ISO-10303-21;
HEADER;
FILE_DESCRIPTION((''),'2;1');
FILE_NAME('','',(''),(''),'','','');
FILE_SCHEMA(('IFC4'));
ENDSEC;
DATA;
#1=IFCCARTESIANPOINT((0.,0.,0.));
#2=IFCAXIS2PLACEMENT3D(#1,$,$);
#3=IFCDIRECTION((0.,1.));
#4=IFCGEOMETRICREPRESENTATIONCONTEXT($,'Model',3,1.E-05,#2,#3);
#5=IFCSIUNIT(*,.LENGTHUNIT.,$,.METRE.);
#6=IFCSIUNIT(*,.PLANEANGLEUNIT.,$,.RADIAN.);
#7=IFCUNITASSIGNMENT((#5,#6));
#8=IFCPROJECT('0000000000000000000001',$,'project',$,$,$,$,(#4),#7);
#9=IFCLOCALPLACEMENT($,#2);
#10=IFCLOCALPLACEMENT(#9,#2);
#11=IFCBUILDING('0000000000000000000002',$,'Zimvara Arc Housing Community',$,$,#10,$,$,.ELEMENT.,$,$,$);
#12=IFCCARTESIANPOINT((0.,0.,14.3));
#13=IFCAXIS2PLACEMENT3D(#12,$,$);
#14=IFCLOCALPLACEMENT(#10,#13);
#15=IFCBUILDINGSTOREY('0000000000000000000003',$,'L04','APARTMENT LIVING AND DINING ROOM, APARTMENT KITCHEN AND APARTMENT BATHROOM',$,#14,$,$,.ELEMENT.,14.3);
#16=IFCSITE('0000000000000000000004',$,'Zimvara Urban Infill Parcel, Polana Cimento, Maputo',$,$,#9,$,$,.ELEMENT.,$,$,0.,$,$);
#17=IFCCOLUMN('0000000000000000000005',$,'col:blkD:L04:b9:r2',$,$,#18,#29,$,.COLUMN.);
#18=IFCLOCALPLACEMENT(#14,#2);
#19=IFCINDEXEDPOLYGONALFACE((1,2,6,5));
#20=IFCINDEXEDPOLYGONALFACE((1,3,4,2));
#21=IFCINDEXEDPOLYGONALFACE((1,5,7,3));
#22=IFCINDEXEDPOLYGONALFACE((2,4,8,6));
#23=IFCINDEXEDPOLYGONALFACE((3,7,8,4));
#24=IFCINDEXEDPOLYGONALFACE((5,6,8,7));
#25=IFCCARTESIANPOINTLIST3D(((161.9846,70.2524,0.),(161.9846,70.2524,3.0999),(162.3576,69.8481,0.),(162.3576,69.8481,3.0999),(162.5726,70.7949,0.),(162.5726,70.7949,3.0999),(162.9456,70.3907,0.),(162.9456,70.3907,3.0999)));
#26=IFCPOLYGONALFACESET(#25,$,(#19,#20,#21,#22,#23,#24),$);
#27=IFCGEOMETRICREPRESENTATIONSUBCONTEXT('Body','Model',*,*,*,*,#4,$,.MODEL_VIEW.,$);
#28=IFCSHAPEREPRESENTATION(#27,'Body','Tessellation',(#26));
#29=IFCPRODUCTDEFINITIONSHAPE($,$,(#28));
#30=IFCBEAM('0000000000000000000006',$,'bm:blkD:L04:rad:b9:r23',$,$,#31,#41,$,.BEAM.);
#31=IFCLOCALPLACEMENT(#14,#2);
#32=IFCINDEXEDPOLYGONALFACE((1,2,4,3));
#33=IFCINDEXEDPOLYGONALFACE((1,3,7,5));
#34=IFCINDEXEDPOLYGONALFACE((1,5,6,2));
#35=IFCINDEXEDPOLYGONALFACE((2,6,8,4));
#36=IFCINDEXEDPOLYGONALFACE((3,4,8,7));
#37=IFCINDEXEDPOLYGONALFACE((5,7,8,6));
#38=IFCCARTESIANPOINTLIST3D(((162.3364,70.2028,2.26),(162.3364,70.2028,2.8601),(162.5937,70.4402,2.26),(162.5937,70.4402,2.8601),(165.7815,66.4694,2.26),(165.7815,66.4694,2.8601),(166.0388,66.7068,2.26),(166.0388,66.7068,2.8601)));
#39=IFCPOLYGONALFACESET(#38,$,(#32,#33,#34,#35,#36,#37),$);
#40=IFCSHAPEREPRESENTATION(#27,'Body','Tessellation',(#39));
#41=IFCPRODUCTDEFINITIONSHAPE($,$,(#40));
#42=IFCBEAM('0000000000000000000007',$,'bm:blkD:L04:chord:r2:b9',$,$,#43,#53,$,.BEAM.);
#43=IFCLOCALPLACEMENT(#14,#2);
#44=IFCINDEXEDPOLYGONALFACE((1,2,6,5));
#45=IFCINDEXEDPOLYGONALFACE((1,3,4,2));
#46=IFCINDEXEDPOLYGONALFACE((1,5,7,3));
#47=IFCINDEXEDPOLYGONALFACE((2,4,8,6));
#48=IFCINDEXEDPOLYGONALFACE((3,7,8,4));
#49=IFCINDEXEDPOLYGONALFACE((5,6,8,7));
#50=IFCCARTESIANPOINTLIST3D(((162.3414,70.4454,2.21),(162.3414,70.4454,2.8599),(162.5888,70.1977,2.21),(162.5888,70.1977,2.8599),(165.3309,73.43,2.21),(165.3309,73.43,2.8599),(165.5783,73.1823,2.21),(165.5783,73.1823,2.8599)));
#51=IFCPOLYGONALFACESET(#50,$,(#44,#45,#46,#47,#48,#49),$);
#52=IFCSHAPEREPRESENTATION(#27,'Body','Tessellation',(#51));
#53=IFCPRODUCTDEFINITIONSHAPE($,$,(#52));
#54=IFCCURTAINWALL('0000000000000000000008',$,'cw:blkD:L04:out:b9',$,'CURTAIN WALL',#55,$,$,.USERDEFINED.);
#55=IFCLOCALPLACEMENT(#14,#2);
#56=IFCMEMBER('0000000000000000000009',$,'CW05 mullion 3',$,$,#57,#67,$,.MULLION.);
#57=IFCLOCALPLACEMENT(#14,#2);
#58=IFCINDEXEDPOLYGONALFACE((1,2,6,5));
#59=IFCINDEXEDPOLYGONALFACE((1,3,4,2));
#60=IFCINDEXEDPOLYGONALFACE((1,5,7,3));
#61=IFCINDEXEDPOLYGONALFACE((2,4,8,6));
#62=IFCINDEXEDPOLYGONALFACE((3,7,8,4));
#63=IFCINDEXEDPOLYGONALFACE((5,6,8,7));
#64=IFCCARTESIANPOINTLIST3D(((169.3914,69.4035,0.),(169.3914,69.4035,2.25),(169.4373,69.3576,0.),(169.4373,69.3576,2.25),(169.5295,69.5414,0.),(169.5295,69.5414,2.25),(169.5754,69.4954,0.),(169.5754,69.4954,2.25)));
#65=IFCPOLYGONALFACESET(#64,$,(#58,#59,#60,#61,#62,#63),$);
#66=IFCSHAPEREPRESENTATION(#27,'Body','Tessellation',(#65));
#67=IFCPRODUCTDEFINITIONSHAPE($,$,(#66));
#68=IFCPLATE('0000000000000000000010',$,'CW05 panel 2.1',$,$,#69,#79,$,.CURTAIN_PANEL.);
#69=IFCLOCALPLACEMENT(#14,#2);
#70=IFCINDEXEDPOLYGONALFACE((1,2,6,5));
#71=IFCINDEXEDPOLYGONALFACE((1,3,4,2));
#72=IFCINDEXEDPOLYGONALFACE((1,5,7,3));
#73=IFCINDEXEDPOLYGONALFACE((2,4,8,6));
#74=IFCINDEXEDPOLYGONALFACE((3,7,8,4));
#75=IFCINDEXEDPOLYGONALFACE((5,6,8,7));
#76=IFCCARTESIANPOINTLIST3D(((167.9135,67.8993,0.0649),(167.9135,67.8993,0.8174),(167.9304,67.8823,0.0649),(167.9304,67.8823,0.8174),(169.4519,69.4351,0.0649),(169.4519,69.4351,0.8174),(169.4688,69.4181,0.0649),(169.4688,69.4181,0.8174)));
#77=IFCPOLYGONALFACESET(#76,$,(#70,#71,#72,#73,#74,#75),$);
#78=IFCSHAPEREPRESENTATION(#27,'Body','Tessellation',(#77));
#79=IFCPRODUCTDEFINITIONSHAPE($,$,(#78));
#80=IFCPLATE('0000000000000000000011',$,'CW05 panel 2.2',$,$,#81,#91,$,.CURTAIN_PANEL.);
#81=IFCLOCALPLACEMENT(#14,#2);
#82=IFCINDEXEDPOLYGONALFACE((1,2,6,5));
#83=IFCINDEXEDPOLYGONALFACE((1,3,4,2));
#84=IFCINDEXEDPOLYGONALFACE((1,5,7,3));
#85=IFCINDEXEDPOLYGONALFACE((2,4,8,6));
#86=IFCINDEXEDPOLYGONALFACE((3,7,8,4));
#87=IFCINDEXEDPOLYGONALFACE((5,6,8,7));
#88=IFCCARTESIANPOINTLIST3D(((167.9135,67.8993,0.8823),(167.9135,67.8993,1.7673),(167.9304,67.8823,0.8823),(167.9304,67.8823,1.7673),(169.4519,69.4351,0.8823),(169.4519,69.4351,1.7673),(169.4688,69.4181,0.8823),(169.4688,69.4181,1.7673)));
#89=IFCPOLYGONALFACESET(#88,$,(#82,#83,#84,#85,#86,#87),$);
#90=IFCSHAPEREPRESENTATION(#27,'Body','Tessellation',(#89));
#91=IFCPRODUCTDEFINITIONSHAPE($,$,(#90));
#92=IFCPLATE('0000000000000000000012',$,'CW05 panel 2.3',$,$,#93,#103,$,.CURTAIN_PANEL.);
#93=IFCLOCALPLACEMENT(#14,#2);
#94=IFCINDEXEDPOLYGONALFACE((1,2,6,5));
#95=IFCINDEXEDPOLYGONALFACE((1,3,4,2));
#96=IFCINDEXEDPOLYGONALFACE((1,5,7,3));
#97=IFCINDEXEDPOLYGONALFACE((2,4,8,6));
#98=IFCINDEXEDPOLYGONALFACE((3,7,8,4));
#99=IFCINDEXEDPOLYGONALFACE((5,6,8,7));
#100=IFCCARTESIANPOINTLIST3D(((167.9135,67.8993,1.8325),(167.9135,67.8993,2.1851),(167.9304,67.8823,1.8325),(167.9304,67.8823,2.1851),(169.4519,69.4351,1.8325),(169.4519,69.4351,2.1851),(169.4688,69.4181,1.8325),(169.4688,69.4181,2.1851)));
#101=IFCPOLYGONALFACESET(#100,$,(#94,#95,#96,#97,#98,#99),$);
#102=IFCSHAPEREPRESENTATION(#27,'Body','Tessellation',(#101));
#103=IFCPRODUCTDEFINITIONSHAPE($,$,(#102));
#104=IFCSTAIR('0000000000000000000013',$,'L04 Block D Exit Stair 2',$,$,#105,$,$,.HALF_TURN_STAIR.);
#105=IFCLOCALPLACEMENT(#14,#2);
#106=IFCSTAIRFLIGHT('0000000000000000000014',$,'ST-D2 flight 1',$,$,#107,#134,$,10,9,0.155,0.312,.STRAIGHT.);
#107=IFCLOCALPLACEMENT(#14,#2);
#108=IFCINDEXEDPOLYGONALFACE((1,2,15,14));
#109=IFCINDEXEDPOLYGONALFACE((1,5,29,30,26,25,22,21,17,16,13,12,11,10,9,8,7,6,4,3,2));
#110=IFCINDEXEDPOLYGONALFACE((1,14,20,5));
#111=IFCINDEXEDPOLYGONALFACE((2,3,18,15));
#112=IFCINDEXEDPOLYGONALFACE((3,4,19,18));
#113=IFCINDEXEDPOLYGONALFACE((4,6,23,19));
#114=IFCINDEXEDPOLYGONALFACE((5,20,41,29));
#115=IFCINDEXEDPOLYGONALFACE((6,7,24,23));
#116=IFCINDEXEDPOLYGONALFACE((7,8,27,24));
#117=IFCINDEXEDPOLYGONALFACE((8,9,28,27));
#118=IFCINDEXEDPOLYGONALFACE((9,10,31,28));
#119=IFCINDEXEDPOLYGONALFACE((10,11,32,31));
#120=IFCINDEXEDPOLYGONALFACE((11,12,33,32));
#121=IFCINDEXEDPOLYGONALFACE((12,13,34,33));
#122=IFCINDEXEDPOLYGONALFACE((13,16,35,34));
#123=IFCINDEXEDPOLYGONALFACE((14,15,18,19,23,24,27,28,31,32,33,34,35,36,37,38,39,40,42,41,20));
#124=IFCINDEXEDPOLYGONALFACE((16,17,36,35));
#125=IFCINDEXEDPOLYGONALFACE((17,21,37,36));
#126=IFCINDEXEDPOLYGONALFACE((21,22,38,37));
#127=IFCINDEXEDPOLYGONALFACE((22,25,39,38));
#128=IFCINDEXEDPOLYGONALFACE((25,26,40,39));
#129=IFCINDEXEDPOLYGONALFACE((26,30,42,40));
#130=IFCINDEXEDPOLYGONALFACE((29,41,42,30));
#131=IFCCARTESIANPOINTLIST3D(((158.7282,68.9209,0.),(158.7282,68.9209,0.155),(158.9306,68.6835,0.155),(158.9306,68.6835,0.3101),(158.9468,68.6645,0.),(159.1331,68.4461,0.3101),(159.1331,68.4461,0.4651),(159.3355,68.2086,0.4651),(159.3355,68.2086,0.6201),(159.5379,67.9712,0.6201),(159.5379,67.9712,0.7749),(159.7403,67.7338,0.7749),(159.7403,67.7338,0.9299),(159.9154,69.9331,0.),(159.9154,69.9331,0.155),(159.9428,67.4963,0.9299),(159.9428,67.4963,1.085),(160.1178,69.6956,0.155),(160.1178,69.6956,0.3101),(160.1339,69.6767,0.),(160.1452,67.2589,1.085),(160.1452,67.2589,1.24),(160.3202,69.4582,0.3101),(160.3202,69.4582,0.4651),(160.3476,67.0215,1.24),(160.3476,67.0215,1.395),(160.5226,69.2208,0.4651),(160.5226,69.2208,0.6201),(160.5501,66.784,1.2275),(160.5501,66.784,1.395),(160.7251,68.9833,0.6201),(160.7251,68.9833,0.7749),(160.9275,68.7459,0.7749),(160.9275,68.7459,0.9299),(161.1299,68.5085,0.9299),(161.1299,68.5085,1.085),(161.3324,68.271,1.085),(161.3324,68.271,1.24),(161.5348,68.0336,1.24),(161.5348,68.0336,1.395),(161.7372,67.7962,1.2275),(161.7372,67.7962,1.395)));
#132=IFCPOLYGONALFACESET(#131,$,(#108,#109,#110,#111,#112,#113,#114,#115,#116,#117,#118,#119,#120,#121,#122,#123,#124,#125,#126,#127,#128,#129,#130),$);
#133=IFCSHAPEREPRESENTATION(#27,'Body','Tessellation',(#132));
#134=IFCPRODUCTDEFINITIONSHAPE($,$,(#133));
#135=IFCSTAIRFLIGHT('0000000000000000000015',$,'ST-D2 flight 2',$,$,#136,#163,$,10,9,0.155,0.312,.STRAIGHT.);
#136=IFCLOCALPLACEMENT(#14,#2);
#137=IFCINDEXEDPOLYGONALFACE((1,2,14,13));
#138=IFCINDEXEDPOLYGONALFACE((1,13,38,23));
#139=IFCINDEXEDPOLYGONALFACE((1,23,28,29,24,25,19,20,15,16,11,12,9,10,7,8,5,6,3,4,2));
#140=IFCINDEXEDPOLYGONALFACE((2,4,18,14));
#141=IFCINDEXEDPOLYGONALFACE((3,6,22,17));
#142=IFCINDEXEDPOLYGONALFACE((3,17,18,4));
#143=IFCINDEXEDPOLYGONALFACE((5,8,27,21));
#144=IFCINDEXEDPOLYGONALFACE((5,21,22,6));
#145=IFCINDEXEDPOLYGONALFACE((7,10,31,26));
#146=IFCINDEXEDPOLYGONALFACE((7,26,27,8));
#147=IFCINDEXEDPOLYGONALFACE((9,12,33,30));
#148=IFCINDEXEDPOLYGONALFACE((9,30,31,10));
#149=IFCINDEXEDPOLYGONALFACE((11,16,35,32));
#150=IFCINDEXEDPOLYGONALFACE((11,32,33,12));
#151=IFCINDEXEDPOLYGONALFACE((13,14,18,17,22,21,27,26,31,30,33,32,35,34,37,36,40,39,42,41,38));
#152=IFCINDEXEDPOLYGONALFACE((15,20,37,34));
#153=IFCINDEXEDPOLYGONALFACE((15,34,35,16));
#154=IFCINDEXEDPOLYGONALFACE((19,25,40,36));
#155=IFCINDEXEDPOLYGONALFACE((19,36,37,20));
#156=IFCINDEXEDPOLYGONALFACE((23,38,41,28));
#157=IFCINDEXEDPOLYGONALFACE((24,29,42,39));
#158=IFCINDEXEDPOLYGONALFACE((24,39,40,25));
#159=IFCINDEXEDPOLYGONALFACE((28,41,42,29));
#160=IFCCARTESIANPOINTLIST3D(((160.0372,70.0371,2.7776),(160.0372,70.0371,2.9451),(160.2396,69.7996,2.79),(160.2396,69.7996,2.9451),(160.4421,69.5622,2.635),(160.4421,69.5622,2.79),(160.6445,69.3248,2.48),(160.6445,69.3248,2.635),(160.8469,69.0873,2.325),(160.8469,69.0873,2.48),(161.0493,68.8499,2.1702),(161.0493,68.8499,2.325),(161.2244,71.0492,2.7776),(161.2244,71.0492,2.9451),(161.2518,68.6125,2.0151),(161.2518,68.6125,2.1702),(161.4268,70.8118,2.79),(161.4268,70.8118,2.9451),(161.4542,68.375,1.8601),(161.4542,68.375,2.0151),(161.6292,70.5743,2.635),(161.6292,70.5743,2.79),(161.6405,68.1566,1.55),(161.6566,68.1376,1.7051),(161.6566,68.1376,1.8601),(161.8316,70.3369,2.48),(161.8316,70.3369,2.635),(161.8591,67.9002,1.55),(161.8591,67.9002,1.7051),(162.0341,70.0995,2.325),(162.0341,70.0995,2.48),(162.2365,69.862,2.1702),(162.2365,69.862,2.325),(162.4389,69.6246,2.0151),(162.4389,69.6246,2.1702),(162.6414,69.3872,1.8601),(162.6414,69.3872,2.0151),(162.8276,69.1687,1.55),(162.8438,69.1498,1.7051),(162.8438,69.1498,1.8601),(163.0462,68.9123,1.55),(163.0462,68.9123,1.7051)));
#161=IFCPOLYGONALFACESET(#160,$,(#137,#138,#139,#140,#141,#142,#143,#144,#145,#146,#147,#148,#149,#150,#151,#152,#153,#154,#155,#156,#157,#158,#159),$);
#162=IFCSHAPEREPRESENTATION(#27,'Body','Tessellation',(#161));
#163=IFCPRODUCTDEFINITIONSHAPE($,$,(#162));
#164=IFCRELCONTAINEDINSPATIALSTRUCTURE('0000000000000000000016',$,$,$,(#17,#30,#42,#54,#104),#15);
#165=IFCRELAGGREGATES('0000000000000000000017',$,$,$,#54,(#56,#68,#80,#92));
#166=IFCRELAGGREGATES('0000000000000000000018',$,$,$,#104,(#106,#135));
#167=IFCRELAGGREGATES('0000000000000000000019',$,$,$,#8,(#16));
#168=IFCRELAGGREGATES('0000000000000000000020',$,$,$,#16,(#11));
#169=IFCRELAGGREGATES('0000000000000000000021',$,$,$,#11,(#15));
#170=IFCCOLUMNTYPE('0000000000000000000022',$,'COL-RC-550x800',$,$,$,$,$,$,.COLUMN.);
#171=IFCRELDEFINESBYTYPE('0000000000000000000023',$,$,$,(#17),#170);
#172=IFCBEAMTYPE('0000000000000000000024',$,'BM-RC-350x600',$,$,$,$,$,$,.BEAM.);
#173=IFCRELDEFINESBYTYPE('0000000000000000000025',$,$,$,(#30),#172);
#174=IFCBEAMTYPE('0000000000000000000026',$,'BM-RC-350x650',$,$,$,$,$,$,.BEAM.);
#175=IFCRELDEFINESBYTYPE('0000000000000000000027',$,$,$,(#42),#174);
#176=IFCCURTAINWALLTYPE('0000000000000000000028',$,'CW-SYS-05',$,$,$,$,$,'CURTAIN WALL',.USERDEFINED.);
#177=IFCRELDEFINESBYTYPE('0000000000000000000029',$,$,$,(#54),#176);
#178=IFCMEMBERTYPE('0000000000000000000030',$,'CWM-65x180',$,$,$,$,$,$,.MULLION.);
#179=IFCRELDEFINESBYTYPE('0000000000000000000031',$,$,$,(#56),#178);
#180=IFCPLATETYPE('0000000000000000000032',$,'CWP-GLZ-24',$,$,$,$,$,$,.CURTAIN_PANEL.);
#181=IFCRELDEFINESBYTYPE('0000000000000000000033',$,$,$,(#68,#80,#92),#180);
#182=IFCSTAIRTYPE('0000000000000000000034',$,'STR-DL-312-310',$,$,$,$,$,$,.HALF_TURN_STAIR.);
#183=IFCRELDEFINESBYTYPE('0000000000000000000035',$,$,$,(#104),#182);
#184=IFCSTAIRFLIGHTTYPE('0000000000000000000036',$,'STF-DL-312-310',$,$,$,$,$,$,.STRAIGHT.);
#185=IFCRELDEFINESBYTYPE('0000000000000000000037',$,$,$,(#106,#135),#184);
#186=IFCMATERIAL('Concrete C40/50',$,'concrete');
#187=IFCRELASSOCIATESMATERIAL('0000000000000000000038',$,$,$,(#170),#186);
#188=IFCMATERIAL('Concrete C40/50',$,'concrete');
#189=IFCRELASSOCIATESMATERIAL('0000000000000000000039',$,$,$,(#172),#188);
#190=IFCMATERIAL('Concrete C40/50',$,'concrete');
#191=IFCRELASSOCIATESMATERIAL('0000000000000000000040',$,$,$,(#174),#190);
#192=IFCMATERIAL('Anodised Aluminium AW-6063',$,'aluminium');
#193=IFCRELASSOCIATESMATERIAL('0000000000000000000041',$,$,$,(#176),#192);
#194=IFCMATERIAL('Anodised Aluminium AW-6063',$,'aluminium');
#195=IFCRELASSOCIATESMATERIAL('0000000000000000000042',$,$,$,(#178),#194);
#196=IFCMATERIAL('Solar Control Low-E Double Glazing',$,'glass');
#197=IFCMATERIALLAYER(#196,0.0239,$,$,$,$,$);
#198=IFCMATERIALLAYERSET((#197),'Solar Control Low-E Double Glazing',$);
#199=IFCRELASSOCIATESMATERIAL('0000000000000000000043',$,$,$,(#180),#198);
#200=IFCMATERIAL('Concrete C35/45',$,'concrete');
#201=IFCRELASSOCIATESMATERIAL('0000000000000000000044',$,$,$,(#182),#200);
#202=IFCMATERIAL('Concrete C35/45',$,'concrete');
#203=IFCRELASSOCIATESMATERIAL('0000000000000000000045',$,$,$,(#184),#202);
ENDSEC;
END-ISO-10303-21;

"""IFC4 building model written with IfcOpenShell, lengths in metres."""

from ifc_helpers import new_model, si_unit, direction, frame, origin, origin_2d, place, context, subcontext, project, spatial, polyline, rectangle, outline, extrude, material, layer, layer_set, material_profile, profile_set, type_object, element, aggregate, save


model = new_model("IFC4")

# Units and contexts
model_context = context("Model", 3, precision=1e-05, world=origin(), true_north=direction((0.0, 1.0)))
body_context = subcontext(model_context, "Body", "Model", "MODEL_VIEW")
ifc_project = project(units=[si_unit("LENGTHUNIT", "METRE"), si_unit("PLANEANGLEUNIT", "RADIAN")], contexts=[model_context])

# Site, building, storey
site_placement = place(None, origin())
site = spatial("IfcSite", under=ifc_project, at=site_placement, Name="Zimvara Urban Infill Parcel, Polana Cimento, Maputo", CompositionType="ELEMENT", RefElevation=0.0)
building_placement = place(site_placement, origin())
building = spatial("IfcBuilding", under=site, at=building_placement, Name="Zimvara Arc Housing Community", CompositionType="ELEMENT")
storey_placement = place(building_placement, frame((0.0, 0.0, 14.3)))
storey = spatial("IfcBuildingStorey", under=building, at=storey_placement, Name="L04", Description="APARTMENT LIVING AND DINING ROOM, APARTMENT KITCHEN AND APARTMENT BATHROOM", CompositionType="ELEMENT", Elevation=14.3)

# Column
ifc_material_1 = material(Name="Concrete C40/50", Category="concrete")
ifc_material_profile_1 = material_profile(ifc_material_1, rectangle(XDim=0.55, YDim=0.8, at=origin_2d()), Name="RC 550x800")
ifc_profile_set_1 = profile_set([ifc_material_profile_1], Name="Concrete C40/50")
column_type_1 = type_object("IfcColumnType", Name="COL-RC-550x800", PredefinedType="COLUMN", material=ifc_profile_set_1)
column_1_placement = place(storey_placement, frame((162.4651, 70.3215, 0.0), z_axis=(0.0, 0.0, 1.0), x_axis=(0.67816, -0.734915, 0.0)))
element("IfcColumn", 1, at=column_1_placement, inside=storey, type_object=column_type_1, Name="col:blkD:L04:b9:r2", PredefinedType="COLUMN", context=body_context, shape_type="SweptSolid", body=[
    extrude(rectangle(XDim=0.55, YDim=0.8, at=origin_2d()), origin(), (0.0, 0.0, 1.0), 3.0999),
])

# Beams
ifc_material_2 = material(Name="Concrete C40/50", Category="concrete")
ifc_material_profile_2 = material_profile(ifc_material_2, rectangle(XDim=0.3501, YDim=0.6001, at=origin_2d()), Name="RC 350x600")
ifc_profile_set_2 = profile_set([ifc_material_profile_2], Name="Concrete C40/50")
beam_type_1 = type_object("IfcBeamType", Name="BM-RC-350x600", PredefinedType="BEAM", material=ifc_profile_set_2)
beam_1_placement = place(storey_placement, frame((162.4651, 70.3215, 2.5601), z_axis=(0.678158, -0.734916, 0.0), x_axis=(0.734916, 0.678158, 0.0)))
element("IfcBeam", 2, at=beam_1_placement, inside=storey, type_object=beam_type_1, Name="bm:blkD:L04:rad:b9:r23", PredefinedType="BEAM", context=body_context, shape_type="SweptSolid", body=[
    extrude(rectangle(XDim=0.3501, YDim=0.6001, at=origin_2d()), origin(), (0.0, 0.0, 1.0), 5.0801),
])
ifc_material_3 = material(Name="Concrete C40/50", Category="concrete")
ifc_material_profile_3 = material_profile(ifc_material_3, rectangle(XDim=0.3501, YDim=0.6499, at=origin_2d()), Name="RC 350x650")
ifc_profile_set_3 = profile_set([ifc_material_profile_3], Name="Concrete C40/50")
beam_type_2 = type_object("IfcBeamType", Name="BM-RC-350x650", PredefinedType="BEAM", material=ifc_profile_set_3)
beam_2_placement = place(storey_placement, frame((162.4651, 70.3215, 2.5349), z_axis=(0.707684, 0.706529, 0.0), x_axis=(-0.706529, 0.707684, 0.0)))
element("IfcBeam", 3, at=beam_2_placement, inside=storey, type_object=beam_type_2, Name="bm:blkD:L04:chord:r2:b9", PredefinedType="BEAM", context=body_context, shape_type="SweptSolid", body=[
    extrude(rectangle(XDim=0.3501, YDim=0.6499, at=origin_2d()), origin(), (0.0, 0.0, 1.0), 4.2244),
])

# Curtain wall, member, plates
ifc_material_4 = material(Name="Anodised Aluminium AW-6063", Category="aluminium")
curtain_wall_type = type_object("IfcCurtainWallType", Name="CW-SYS-05", ElementType="CURTAIN WALL", PredefinedType="USERDEFINED", material=ifc_material_4)
curtain_wall_placement = place(storey_placement, origin())
curtain_wall = element("IfcCurtainWall", 4, at=curtain_wall_placement, inside=storey, type_object=curtain_wall_type, Name="cw:blkD:L04:out:b9", ObjectType="CURTAIN WALL", PredefinedType="USERDEFINED")
ifc_material_5 = material(Name="Anodised Aluminium AW-6063", Category="aluminium")
ifc_material_profile_4 = material_profile(ifc_material_5, rectangle(XDim=0.0649, YDim=0.1951, at=origin_2d()), Name="ALU 65x195")
ifc_profile_set_4 = profile_set([ifc_material_profile_4], Name="Anodised Aluminium AW-6063")
member_type = type_object("IfcMemberType", Name="CWM-65x180", PredefinedType="MULLION", material=ifc_profile_set_4)
member_placement = place(storey_placement, frame((169.4834, 69.4495, 0.0), z_axis=(0.0, 0.0, 1.0), x_axis=(-0.706489, 0.707724, 0.0)))
member = element("IfcMember", 5, at=member_placement, type_object=member_type, Name="CW05 mullion 3", PredefinedType="MULLION", context=body_context, shape_type="SweptSolid", body=[
    extrude(rectangle(XDim=0.0649, YDim=0.1951, at=origin_2d()), origin(), (0.0, 0.0, 1.0), 2.25),
])
ifc_material_6 = material(Name="Solar Control Low-E Double Glazing", Category="glass")
ifc_layer = layer(ifc_material_6, 0.0239)
ifc_layer_set = layer_set([ifc_layer], Name="Solar Control Low-E Double Glazing")
plate_type = type_object("IfcPlateType", Name="CWP-GLZ-24", PredefinedType="CURTAIN_PANEL", material=ifc_layer_set)
plate_1_placement = place(storey_placement, frame((168.6912, 68.6587, 0.0649), z_axis=(0.0, 0.0, 1.0), x_axis=(0.707724, 0.706489, 0.0)))
plate_1 = element("IfcPlate", 6, at=plate_1_placement, type_object=plate_type, Name="CW05 panel 2.1", PredefinedType="CURTAIN_PANEL", context=body_context, shape_type="SweptSolid", body=[
    extrude(rectangle(XDim=2.1738, YDim=0.0239, at=origin_2d()), origin(), (0.0, 0.0, 1.0), 0.7524),
])
plate_2_placement = place(storey_placement, frame((168.6912, 68.6587, 0.8823), z_axis=(0.0, 0.0, 1.0), x_axis=(0.707724, 0.706489, 0.0)))
plate_2 = element("IfcPlate", 7, at=plate_2_placement, type_object=plate_type, Name="CW05 panel 2.2", PredefinedType="CURTAIN_PANEL", context=body_context, shape_type="SweptSolid", body=[
    extrude(rectangle(XDim=2.1738, YDim=0.0239, at=origin_2d()), origin(), (0.0, 0.0, 1.0), 0.885),
])
plate_3_placement = place(storey_placement, frame((168.6912, 68.6587, 1.8325), z_axis=(0.0, 0.0, 1.0), x_axis=(0.707724, 0.706489, 0.0)))
plate_3 = element("IfcPlate", 8, at=plate_3_placement, type_object=plate_type, Name="CW05 panel 2.3", PredefinedType="CURTAIN_PANEL", context=body_context, shape_type="SweptSolid", body=[
    extrude(rectangle(XDim=2.1738, YDim=0.0239, at=origin_2d()), origin(), (0.0, 0.0, 1.0), 0.3525),
])
aggregate(curtain_wall, [member, plate_1, plate_2, plate_3])

# Stair, stair flights
ifc_material_7 = material(Name="Concrete C35/45", Category="concrete")
stair_type = type_object("IfcStairType", Name="STR-DL-312-310", PredefinedType="HALF_TURN_STAIR", material=ifc_material_7)
stair_placement = place(storey_placement, origin())
stair = element("IfcStair", 9, at=stair_placement, inside=storey, type_object=stair_type, Name="L04 Block D Exit Stair 2", PredefinedType="HALF_TURN_STAIR")
ifc_material_8 = material(Name="Concrete C35/45", Category="concrete")
stair_flight_type = type_object("IfcStairFlightType", Name="STF-DL-312-310", PredefinedType="STRAIGHT", material=ifc_material_8)
stair_flight_1_placement = place(storey_placement, frame((159.3218, 69.427, 0.0), z_axis=(0.0, 0.0, 1.0), x_axis=(0.648784, -0.760972, 0.0)))
stair_flight_1 = element("IfcStairFlight", 10, at=stair_flight_1_placement, type_object=stair_flight_type, Name="ST-D2 flight 1", NumberOfRisers=10, NumberOfTreads=9, PredefinedType="STRAIGHT", RiserHeight=0.155, TreadLength=0.312, context=body_context, shape_type="SweptSolid", body=[
    extrude(outline(polyline([(0.0, 0.0), (0.0, 0.155), (0.312, 0.155), (0.312, 0.3101), (0.624, 0.3101), (0.624, 0.4651), (0.936, 0.4651), (0.936, 0.6201), (1.248, 0.6201), (1.248, 0.7749), (1.5601, 0.7749), (1.5601, 0.9299), (1.8721, 0.9299), (1.8721, 1.085), (2.1841, 1.085), (2.1841, 1.24), (2.4961, 1.24), (2.4961, 1.395), (2.8081, 1.395), (2.8081, 1.55), (2.8081, 1.2275), (0.3369, 0.0), (0.0, 0.0)])), frame((0.0, 0.78, 0.0), z_axis=(0.0, -1.0, 0.0), x_axis=(1.0, 0.0, 0.0)), (0.0, 0.0, 1.0), 1.5601),
])
stair_flight_2_placement = place(storey_placement, frame((162.4526, 68.4062, 1.55), z_axis=(0.0, 0.0, 1.0), x_axis=(-0.648784, 0.760972, 0.0)))
stair_flight_2 = element("IfcStairFlight", 11, at=stair_flight_2_placement, type_object=stair_flight_type, Name="ST-D2 flight 2", NumberOfRisers=10, NumberOfTreads=9, PredefinedType="STRAIGHT", RiserHeight=0.155, TreadLength=0.312, context=body_context, shape_type="SweptSolid", body=[
    extrude(outline(polyline([(0.0, 0.0), (0.0, 0.155), (0.312, 0.155), (0.312, 0.3101), (0.624, 0.3101), (0.624, 0.4651), (0.936, 0.4651), (0.936, 0.6201), (1.248, 0.6201), (1.248, 0.7749), (1.5601, 0.7749), (1.5601, 0.9299), (1.8721, 0.9299), (1.8721, 1.085), (2.1841, 1.085), (2.1841, 1.24), (2.4961, 1.24), (2.4961, 1.395), (2.8081, 1.395), (2.8081, 1.55), (2.8081, 1.2275), (0.3369, 0.0), (0.0, 0.0)])), frame((0.0, 0.78, 0.0), z_axis=(0.0, -1.0, 0.0), x_axis=(1.0, 0.0, 0.0)), (0.0, 0.0, 1.0), 1.5601),
])
aggregate(stair, [stair_flight_1, stair_flight_2])

save(model, "model.ifc")
